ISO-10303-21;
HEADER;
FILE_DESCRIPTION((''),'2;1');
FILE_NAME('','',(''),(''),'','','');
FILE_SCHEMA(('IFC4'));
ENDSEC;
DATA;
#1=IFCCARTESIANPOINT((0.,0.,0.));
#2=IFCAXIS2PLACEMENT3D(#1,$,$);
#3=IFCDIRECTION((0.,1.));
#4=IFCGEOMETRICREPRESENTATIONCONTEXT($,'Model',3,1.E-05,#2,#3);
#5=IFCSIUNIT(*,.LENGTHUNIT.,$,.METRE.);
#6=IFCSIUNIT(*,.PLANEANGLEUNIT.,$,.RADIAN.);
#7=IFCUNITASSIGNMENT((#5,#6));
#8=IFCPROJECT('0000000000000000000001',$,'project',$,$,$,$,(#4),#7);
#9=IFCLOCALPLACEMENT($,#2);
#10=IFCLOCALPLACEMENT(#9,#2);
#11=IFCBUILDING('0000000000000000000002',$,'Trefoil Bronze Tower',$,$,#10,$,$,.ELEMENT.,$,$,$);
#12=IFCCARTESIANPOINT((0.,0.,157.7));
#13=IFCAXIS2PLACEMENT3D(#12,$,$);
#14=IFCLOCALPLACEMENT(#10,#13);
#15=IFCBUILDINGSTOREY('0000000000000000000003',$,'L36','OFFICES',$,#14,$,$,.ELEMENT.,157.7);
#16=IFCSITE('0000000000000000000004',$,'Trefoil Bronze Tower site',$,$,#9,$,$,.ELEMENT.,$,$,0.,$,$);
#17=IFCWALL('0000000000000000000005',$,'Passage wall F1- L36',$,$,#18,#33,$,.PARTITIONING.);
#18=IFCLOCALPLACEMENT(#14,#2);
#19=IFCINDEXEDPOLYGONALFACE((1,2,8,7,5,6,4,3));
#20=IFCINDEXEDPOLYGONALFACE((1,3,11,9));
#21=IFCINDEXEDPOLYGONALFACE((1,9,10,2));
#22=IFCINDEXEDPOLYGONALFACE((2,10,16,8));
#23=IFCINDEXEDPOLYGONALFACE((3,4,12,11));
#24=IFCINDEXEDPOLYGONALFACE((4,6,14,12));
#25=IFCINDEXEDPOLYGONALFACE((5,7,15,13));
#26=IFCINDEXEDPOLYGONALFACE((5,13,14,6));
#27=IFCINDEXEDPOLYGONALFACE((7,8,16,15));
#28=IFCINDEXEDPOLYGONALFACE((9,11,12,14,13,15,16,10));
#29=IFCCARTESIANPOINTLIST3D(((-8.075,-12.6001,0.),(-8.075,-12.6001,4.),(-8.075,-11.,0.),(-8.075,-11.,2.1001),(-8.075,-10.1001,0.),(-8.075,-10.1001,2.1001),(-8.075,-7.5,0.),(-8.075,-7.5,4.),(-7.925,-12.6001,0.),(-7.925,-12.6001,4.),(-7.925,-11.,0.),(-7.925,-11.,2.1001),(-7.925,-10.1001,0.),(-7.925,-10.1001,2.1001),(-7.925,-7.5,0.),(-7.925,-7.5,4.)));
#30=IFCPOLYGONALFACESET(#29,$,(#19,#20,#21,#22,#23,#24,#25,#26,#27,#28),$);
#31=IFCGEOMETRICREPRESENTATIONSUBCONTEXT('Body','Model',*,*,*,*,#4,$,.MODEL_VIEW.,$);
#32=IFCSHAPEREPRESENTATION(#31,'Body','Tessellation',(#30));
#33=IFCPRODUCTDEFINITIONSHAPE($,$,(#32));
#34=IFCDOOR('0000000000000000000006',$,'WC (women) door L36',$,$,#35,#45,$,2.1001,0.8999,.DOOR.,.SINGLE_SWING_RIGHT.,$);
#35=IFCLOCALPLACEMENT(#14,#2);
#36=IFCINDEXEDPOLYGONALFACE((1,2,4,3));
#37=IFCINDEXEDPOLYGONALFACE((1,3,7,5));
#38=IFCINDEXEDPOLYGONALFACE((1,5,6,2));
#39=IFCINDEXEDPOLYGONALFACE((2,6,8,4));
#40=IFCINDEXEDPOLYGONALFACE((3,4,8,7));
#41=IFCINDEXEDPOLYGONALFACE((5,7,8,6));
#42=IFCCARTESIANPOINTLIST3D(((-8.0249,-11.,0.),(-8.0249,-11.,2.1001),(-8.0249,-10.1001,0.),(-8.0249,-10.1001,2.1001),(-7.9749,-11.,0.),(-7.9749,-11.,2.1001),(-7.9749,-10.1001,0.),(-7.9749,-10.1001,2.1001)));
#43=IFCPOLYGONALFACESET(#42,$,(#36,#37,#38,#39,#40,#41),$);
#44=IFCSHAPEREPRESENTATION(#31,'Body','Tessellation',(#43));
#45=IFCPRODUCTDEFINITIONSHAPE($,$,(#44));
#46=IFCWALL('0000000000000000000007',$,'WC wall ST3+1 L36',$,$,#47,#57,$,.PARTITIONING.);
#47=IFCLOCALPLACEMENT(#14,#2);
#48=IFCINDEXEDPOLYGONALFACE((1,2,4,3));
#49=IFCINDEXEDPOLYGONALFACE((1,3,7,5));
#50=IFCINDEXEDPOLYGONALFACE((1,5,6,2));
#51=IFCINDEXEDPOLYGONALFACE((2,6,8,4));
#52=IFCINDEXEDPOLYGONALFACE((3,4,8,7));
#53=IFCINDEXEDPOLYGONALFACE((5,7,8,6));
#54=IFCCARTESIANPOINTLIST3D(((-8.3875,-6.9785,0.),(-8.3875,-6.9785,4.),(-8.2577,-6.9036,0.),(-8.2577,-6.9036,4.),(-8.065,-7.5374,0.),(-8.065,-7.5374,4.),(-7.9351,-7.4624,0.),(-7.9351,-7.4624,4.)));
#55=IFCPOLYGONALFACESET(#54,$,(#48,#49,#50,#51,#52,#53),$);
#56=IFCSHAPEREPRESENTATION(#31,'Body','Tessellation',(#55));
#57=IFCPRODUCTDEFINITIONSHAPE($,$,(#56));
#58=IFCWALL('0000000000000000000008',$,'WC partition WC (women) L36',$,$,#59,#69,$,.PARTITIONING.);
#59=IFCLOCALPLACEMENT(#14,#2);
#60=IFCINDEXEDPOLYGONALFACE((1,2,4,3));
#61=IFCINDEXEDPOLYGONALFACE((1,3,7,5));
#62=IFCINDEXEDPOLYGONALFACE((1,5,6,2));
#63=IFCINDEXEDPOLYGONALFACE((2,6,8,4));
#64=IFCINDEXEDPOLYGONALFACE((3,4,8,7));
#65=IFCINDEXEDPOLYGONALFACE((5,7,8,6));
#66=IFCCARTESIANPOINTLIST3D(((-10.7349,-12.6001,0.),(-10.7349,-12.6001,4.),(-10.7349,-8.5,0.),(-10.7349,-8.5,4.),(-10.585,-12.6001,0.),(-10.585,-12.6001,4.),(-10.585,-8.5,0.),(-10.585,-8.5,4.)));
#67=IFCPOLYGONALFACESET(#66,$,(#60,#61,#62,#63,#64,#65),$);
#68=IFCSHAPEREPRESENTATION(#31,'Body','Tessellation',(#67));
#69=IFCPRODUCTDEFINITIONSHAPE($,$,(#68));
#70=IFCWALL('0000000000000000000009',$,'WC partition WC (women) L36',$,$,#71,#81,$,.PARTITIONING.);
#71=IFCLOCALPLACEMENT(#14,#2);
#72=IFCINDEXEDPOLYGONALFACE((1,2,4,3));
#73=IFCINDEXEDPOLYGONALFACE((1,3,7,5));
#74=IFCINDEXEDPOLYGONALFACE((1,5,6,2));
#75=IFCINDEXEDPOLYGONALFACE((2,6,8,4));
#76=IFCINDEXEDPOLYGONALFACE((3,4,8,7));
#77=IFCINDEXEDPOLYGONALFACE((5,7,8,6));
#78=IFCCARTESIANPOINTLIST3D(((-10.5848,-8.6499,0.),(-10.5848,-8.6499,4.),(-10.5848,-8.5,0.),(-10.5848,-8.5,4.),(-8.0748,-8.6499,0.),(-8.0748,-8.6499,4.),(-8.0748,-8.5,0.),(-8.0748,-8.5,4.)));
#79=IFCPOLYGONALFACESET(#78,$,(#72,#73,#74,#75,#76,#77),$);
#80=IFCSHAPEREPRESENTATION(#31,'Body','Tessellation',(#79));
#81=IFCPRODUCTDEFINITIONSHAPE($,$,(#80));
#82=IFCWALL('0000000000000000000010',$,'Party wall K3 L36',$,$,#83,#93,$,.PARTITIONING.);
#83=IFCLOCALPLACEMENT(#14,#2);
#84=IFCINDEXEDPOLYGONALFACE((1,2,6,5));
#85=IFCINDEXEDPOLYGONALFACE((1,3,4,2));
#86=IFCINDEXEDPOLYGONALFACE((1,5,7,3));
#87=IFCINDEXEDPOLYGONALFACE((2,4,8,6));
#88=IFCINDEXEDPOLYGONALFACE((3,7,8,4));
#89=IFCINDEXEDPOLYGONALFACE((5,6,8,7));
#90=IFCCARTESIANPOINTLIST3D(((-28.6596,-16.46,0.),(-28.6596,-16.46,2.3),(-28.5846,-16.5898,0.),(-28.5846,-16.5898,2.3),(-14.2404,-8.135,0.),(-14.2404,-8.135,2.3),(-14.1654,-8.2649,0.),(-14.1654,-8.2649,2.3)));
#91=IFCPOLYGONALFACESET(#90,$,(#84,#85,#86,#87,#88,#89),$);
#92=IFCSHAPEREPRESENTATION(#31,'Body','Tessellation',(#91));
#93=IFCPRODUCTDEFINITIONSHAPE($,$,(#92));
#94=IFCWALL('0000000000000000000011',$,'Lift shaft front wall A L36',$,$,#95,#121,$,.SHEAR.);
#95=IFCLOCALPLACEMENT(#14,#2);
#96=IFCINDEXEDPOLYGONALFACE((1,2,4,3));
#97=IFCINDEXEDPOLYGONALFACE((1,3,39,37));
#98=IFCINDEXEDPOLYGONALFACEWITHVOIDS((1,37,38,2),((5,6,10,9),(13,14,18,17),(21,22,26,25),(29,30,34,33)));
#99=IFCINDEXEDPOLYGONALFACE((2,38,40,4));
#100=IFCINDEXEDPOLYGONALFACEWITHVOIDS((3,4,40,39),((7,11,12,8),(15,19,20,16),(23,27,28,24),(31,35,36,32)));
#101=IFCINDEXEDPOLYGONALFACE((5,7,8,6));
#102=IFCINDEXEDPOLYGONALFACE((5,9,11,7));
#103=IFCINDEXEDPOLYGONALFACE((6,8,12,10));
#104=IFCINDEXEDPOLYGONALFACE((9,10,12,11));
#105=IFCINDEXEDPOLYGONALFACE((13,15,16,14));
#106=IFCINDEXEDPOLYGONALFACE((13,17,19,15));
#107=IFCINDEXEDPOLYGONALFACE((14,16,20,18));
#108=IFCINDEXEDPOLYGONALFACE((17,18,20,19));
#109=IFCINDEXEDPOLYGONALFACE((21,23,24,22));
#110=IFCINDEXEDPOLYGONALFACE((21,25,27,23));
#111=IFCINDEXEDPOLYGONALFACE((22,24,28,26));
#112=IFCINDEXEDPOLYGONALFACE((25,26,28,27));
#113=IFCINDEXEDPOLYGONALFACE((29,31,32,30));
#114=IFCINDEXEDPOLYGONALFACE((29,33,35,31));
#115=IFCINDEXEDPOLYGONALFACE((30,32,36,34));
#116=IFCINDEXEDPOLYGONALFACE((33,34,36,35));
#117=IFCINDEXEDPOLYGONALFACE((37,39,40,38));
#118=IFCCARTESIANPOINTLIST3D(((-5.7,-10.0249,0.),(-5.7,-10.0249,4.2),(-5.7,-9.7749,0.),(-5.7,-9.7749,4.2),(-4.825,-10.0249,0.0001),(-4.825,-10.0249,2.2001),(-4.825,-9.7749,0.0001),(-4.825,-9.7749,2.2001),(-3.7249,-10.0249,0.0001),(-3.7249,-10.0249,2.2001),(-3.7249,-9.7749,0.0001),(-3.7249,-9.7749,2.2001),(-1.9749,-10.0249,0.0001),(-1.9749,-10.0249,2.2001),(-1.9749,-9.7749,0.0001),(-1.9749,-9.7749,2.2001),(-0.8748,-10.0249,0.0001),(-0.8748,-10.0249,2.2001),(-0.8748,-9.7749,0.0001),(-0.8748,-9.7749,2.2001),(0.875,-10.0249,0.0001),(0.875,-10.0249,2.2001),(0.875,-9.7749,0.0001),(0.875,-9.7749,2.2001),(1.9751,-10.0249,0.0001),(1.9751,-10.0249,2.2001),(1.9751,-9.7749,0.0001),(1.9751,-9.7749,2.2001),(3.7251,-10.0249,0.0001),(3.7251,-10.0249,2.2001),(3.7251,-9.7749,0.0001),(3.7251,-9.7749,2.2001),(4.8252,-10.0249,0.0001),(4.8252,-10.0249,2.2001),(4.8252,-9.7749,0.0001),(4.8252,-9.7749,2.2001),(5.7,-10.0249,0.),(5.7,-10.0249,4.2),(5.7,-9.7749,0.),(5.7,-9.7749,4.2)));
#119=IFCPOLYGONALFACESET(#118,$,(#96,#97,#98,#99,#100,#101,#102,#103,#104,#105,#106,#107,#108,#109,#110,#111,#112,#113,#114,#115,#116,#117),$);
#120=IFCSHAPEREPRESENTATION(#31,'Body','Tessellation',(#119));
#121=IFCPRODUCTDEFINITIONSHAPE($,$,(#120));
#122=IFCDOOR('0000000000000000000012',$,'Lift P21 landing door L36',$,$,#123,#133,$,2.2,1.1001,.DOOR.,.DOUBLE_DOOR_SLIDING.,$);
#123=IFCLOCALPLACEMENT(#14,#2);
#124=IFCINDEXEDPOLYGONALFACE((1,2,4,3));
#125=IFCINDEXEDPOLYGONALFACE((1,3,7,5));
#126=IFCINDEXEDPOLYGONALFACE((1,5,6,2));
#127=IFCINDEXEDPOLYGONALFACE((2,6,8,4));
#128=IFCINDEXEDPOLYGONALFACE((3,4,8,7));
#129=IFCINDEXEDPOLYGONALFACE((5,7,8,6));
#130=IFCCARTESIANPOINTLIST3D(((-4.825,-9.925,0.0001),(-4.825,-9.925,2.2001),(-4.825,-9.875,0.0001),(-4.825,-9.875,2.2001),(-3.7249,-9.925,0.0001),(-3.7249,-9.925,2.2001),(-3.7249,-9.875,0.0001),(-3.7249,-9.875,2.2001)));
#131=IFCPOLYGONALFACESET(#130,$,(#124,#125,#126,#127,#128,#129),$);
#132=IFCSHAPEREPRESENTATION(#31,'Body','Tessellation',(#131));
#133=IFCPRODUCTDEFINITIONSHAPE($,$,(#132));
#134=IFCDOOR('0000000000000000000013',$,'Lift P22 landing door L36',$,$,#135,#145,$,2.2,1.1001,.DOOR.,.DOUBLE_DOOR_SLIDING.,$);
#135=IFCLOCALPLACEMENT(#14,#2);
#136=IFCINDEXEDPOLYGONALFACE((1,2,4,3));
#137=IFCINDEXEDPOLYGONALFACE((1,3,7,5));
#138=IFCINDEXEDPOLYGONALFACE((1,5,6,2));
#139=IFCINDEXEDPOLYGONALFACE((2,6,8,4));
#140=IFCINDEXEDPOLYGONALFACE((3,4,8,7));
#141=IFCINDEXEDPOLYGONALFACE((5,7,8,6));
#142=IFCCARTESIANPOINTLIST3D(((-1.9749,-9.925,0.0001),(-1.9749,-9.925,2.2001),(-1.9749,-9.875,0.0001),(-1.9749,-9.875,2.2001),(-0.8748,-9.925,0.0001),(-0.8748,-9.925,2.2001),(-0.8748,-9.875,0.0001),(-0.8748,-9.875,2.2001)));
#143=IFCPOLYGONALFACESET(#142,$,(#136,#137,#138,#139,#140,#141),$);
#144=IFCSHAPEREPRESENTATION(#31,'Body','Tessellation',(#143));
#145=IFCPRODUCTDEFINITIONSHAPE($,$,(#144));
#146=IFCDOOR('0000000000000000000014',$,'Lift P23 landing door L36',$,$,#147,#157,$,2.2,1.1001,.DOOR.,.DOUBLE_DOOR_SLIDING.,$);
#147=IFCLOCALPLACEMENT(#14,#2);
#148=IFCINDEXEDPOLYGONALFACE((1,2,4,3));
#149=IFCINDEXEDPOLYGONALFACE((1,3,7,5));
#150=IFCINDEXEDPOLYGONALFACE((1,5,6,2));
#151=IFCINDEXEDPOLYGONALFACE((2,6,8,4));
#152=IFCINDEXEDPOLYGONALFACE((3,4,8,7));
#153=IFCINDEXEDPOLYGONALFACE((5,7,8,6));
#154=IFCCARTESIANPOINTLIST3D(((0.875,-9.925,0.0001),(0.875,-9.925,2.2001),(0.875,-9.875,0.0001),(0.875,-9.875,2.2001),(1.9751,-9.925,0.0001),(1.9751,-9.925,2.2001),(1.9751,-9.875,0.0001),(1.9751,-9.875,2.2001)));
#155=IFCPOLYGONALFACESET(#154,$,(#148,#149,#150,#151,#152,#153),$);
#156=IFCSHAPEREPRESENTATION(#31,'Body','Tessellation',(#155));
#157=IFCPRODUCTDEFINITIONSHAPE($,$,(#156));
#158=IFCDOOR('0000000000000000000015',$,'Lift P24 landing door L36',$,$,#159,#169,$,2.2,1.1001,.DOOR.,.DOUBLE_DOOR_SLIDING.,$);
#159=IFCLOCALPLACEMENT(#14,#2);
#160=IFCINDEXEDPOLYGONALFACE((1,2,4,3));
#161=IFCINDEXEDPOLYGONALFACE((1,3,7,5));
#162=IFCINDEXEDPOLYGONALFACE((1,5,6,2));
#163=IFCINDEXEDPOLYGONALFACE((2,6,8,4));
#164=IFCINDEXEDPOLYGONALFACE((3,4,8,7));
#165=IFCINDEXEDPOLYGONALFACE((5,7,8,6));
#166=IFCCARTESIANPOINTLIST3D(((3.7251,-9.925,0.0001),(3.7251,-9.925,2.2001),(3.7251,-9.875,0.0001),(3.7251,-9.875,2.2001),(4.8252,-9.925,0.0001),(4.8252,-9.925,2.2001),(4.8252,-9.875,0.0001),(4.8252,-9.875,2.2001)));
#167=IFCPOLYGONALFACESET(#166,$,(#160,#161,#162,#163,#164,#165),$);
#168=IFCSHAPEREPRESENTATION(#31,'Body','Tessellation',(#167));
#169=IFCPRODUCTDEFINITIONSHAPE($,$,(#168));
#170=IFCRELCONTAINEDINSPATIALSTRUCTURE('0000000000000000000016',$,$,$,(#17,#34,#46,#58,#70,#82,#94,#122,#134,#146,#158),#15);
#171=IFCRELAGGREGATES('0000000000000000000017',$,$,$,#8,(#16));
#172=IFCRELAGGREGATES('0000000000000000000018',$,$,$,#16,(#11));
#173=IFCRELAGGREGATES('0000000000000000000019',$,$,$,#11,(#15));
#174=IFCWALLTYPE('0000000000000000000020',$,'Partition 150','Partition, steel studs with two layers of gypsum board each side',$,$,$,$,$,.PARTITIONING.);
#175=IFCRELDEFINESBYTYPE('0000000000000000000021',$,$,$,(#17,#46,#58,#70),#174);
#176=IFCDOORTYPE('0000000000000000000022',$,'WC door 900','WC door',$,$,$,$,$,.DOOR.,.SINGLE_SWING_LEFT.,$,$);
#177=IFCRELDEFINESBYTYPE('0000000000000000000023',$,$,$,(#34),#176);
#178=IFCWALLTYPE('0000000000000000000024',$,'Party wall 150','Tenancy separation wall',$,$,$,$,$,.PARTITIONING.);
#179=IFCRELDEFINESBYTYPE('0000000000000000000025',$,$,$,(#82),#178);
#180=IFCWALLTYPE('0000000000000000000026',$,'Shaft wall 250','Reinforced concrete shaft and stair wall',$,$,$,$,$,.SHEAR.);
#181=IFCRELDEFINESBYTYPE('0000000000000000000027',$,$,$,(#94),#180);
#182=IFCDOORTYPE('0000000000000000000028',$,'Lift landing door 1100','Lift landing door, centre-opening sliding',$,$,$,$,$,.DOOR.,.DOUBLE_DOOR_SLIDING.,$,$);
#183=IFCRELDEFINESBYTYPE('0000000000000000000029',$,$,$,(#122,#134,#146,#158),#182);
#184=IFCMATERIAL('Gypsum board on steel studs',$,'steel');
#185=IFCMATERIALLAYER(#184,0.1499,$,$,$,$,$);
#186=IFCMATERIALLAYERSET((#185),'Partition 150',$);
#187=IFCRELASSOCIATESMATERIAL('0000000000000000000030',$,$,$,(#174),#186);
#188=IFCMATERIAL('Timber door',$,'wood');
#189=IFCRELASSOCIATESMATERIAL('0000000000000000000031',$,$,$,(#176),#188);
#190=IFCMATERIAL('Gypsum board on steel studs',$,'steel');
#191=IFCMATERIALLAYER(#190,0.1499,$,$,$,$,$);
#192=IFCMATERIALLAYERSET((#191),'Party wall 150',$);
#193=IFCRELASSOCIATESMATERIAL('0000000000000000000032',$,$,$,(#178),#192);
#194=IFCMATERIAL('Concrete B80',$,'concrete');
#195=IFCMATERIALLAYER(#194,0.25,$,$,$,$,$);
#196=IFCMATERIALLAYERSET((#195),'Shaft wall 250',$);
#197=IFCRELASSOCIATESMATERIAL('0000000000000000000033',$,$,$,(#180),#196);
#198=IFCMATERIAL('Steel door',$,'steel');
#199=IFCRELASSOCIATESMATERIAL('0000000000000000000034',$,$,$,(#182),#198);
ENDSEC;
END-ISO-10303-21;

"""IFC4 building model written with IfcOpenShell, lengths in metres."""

from ifc_helpers import new_model, si_unit, direction, frame, frame_2d, origin, place, context, subcontext, project, spatial, rectangle, extrude, material, layer, layer_set, type_object, element, fill, save


model = new_model("IFC4")

# Units and contexts
model_context = context("Model", 3, precision=1e-05, world=origin(), true_north=direction((0.0, 1.0)))
body_context = subcontext(model_context, "Body", "Model", "MODEL_VIEW")
ifc_project = project(units=[si_unit("LENGTHUNIT", "METRE"), si_unit("PLANEANGLEUNIT", "RADIAN")], contexts=[model_context])

# Site, building, storey
site_placement = place(None, origin())
site = spatial("IfcSite", under=ifc_project, at=site_placement, Name="Trefoil Bronze Tower site", CompositionType="ELEMENT", RefElevation=0.0)
building_placement = place(site_placement, origin())
building = spatial("IfcBuilding", under=site, at=building_placement, Name="Trefoil Bronze Tower", CompositionType="ELEMENT")
storey_placement = place(building_placement, frame((0.0, 0.0, 157.7)))
storey = spatial("IfcBuildingStorey", under=building, at=storey_placement, Name="L36", Description="OFFICES", CompositionType="ELEMENT", Elevation=157.7)

# Wall, opening, door
ifc_material_1 = material(Name="Gypsum board on steel studs", Category="steel")
ifc_layer_1 = layer(ifc_material_1, 0.1499)
ifc_layer_set_1 = layer_set([ifc_layer_1], Name="Partition 150")
wall_type_1 = type_object("IfcWallType", Name="Partition 150", Description="Partition, steel studs with two layers of gypsum board each side", PredefinedType="PARTITIONING", material=ifc_layer_set_1)
wall_1_placement = place(storey_placement, frame((-8.0, -7.5, 0.0), z_axis=(0.0, 0.0, 1.0), x_axis=(0.0, -1.0, 0.0)))
wall_1 = element("IfcWall", 1, at=wall_1_placement, inside=storey, type_object=wall_type_1, Name="Passage wall F1- L36", PredefinedType="PARTITIONING", context=body_context, shape_type="SweptSolid", body=[
    extrude(rectangle(XDim=5.1001, YDim=0.1499, at=frame_2d((2.55, 0.0))), origin(), (0.0, 0.0, 1.0), 4.0),
])
opening_1_placement = place(wall_1_placement, frame((2.6001, 0.0, 0.0)))
opening_1 = element("IfcOpeningElement", 2, at=opening_1_placement, cuts=wall_1, PredefinedType="OPENING", context=body_context, shape_type="SweptSolid", body=[
    extrude(rectangle(XDim=0.8999, YDim=2.1001, at=frame_2d((0.45, 1.05))), frame((0.0, 0.085, 0.0), z_axis=(0.0, -1.0, 0.0), x_axis=(1.0, 0.0, 0.0)), (0.0, 0.0, 1.0), 0.1699),
])
ifc_material_2 = material(Name="Timber door", Category="wood")
door_type_1 = type_object("IfcDoorType", Name="WC door 900", Description="WC door", OperationType="SINGLE_SWING_LEFT", PredefinedType="DOOR", material=ifc_material_2)
door_1_placement = place(opening_1_placement, frame((0.8999, 0.0, 0.0), z_axis=(0.0, 0.0, 1.0), x_axis=(-1.0, 0.0, 0.0)))
door_1 = element("IfcDoor", 3, at=door_1_placement, inside=storey, type_object=door_type_1, Name="WC (women) door L36", OperationType="SINGLE_SWING_RIGHT", OverallHeight=2.1001, OverallWidth=0.8999, PredefinedType="DOOR", context=body_context, shape_type="SweptSolid", body=[
    extrude(rectangle(XDim=0.8999, YDim=2.1001, at=frame_2d((0.45, 1.05))), frame((0.0, 0.0249, 0.0), z_axis=(0.0, -1.0, 0.0), x_axis=(1.0, 0.0, 0.0)), (0.0, 0.0, 1.0), 0.05),
])
fill(opening_1, door_1)

# Walls
wall_2_placement = place(storey_placement, frame((-8.0, -7.5, 0.0), z_axis=(0.0, 0.0, 1.0), x_axis=(-0.499843, 0.866116, 0.0)))
element("IfcWall", 4, at=wall_2_placement, inside=storey, type_object=wall_type_1, Name="WC wall ST3+1 L36", PredefinedType="PARTITIONING", context=body_context, shape_type="SweptSolid", body=[
    extrude(rectangle(XDim=0.6453, YDim=0.1499, at=frame_2d((0.3228, 0.0))), origin(), (0.0, 0.0, 1.0), 4.0),
])
wall_3_placement = place(storey_placement, frame((-10.6599, -8.5, 0.0), z_axis=(0.0, 0.0, 1.0), x_axis=(0.0, -1.0, 0.0)))
element("IfcWall", 5, at=wall_3_placement, inside=storey, type_object=wall_type_1, Name="WC partition WC (women) L36", PredefinedType="PARTITIONING", context=body_context, shape_type="SweptSolid", body=[
    extrude(rectangle(XDim=4.1001, YDim=0.1499, at=frame_2d((2.05, 0.0))), origin(), (0.0, 0.0, 1.0), 4.0),
])
wall_4_placement = place(storey_placement, frame((-8.075, -8.575, 0.0), z_axis=(0.0, 0.0, 1.0), x_axis=(-1.0, 0.0, 0.0)))
element("IfcWall", 6, at=wall_4_placement, inside=storey, type_object=wall_type_1, Name="WC partition WC (women) L36", PredefinedType="PARTITIONING", context=body_context, shape_type="SweptSolid", body=[
    extrude(rectangle(XDim=2.51, YDim=0.1499, at=frame_2d((1.2549, 0.0))), origin(), (0.0, 0.0, 1.0), 4.0),
])
ifc_material_3 = material(Name="Gypsum board on steel studs", Category="steel")
ifc_layer_2 = layer(ifc_material_3, 0.1499)
ifc_layer_set_2 = layer_set([ifc_layer_2], Name="Party wall 150")
wall_type_2 = type_object("IfcWallType", Name="Party wall 150", Description="Tenancy separation wall", PredefinedType="PARTITIONING", material=ifc_layer_set_2)
wall_5_placement = place(storey_placement, frame((-14.2029, -8.2, 0.0), z_axis=(0.0, 0.0, 1.0), x_axis=(-0.866025, -0.500001, 0.0)))
element("IfcWall", 7, at=wall_5_placement, inside=storey, type_object=wall_type_2, Name="Party wall K3 L36", PredefinedType="PARTITIONING", context=body_context, shape_type="SweptSolid", body=[
    extrude(rectangle(XDim=16.6499, YDim=0.1499, at=frame_2d((8.325, 0.0))), origin(), (0.0, 0.0, 1.0), 2.3),
])

# Wall, openings, doors
ifc_material_4 = material(Name="Concrete B80", Category="concrete")
ifc_layer_3 = layer(ifc_material_4, 0.25)
ifc_layer_set_3 = layer_set([ifc_layer_3], Name="Shaft wall 250")
wall_type_3 = type_object("IfcWallType", Name="Shaft wall 250", Description="Reinforced concrete shaft and stair wall", PredefinedType="SHEAR", material=ifc_layer_set_3)
wall_6_placement = place(storey_placement, frame((-5.7, -9.8999, 0.0), z_axis=(0.0, 0.0, 1.0), x_axis=(1.0, 0.0, 0.0)))
wall_6 = element("IfcWall", 8, at=wall_6_placement, inside=storey, type_object=wall_type_3, Name="Lift shaft front wall A L36", PredefinedType="SHEAR", context=body_context, shape_type="SweptSolid", body=[
    extrude(rectangle(XDim=11.3999, YDim=0.25, at=frame_2d((5.7, 0.0))), origin(), (0.0, 0.0, 1.0), 4.2),
])
opening_2_placement = place(wall_6_placement, frame((0.875, 0.0, 0.0)))
opening_2 = element("IfcOpeningElement", 9, at=opening_2_placement, cuts=wall_6, PredefinedType="OPENING", context=body_context, shape_type="SweptSolid", body=[
    extrude(rectangle(XDim=1.1001, YDim=2.2, at=frame_2d((0.55, 1.1001))), frame((0.0, 0.135, 0.0), z_axis=(0.0, -1.0, 0.0), x_axis=(1.0, 0.0, 0.0)), (0.0, 0.0, 1.0), 0.27),
])
opening_3_placement = place(wall_6_placement, frame((3.7251, 0.0, 0.0)))
opening_3 = element("IfcOpeningElement", 10, at=opening_3_placement, cuts=wall_6, PredefinedType="OPENING", context=body_context, shape_type="SweptSolid", body=[
    extrude(rectangle(XDim=1.1001, YDim=2.2, at=frame_2d((0.55, 1.1001))), frame((0.0, 0.135, 0.0), z_axis=(0.0, -1.0, 0.0), x_axis=(1.0, 0.0, 0.0)), (0.0, 0.0, 1.0), 0.27),
])
opening_4_placement = place(wall_6_placement, frame((6.575, 0.0, 0.0)))
opening_4 = element("IfcOpeningElement", 11, at=opening_4_placement, cuts=wall_6, PredefinedType="OPENING", context=body_context, shape_type="SweptSolid", body=[
    extrude(rectangle(XDim=1.1001, YDim=2.2, at=frame_2d((0.55, 1.1001))), frame((0.0, 0.135, 0.0), z_axis=(0.0, -1.0, 0.0), x_axis=(1.0, 0.0, 0.0)), (0.0, 0.0, 1.0), 0.27),
])
opening_5_placement = place(wall_6_placement, frame((9.425, 0.0, 0.0)))
opening_5 = element("IfcOpeningElement", 12, at=opening_5_placement, cuts=wall_6, PredefinedType="OPENING", context=body_context, shape_type="SweptSolid", body=[
    extrude(rectangle(XDim=1.1001, YDim=2.2, at=frame_2d((0.55, 1.1001))), frame((0.0, 0.135, 0.0), z_axis=(0.0, -1.0, 0.0), x_axis=(1.0, 0.0, 0.0)), (0.0, 0.0, 1.0), 0.27),
])
ifc_material_5 = material(Name="Steel door", Category="steel")
door_type_2 = type_object("IfcDoorType", Name="Lift landing door 1100", Description="Lift landing door, centre-opening sliding", OperationType="DOUBLE_DOOR_SLIDING", PredefinedType="DOOR", material=ifc_material_5)
door_2_placement = place(opening_2_placement, origin())
door_2 = element("IfcDoor", 13, at=door_2_placement, inside=storey, type_object=door_type_2, Name="Lift P21 landing door L36", OperationType="DOUBLE_DOOR_SLIDING", OverallHeight=2.2, OverallWidth=1.1001, PredefinedType="DOOR", context=body_context, shape_type="SweptSolid", body=[
    extrude(rectangle(XDim=1.1001, YDim=2.2, at=frame_2d((0.55, 1.1001))), frame((0.0, 0.0249, 0.0), z_axis=(0.0, -1.0, 0.0), x_axis=(1.0, 0.0, 0.0)), (0.0, 0.0, 1.0), 0.05),
])
fill(opening_2, door_2)
door_3_placement = place(opening_3_placement, origin())
door_3 = element("IfcDoor", 14, at=door_3_placement, inside=storey, type_object=door_type_2, Name="Lift P22 landing door L36", OperationType="DOUBLE_DOOR_SLIDING", OverallHeight=2.2, OverallWidth=1.1001, PredefinedType="DOOR", context=body_context, shape_type="SweptSolid", body=[
    extrude(rectangle(XDim=1.1001, YDim=2.2, at=frame_2d((0.55, 1.1001))), frame((0.0, 0.0249, 0.0), z_axis=(0.0, -1.0, 0.0), x_axis=(1.0, 0.0, 0.0)), (0.0, 0.0, 1.0), 0.05),
])
fill(opening_3, door_3)
door_4_placement = place(opening_4_placement, origin())
door_4 = element("IfcDoor", 15, at=door_4_placement, inside=storey, type_object=door_type_2, Name="Lift P23 landing door L36", OperationType="DOUBLE_DOOR_SLIDING", OverallHeight=2.2, OverallWidth=1.1001, PredefinedType="DOOR", context=body_context, shape_type="SweptSolid", body=[
    extrude(rectangle(XDim=1.1001, YDim=2.2, at=frame_2d((0.55, 1.1001))), frame((0.0, 0.0249, 0.0), z_axis=(0.0, -1.0, 0.0), x_axis=(1.0, 0.0, 0.0)), (0.0, 0.0, 1.0), 0.05),
])
fill(opening_4, door_4)
door_5_placement = place(opening_5_placement, origin())
door_5 = element("IfcDoor", 16, at=door_5_placement, inside=storey, type_object=door_type_2, Name="Lift P24 landing door L36", OperationType="DOUBLE_DOOR_SLIDING", OverallHeight=2.2, OverallWidth=1.1001, PredefinedType="DOOR", context=body_context, shape_type="SweptSolid", body=[
    extrude(rectangle(XDim=1.1001, YDim=2.2, at=frame_2d((0.55, 1.1001))), frame((0.0, 0.0249, 0.0), z_axis=(0.0, -1.0, 0.0), x_axis=(1.0, 0.0, 0.0)), (0.0, 0.0, 1.0), 0.05),
])
fill(opening_5, door_5)

save(model, "model.ifc")
